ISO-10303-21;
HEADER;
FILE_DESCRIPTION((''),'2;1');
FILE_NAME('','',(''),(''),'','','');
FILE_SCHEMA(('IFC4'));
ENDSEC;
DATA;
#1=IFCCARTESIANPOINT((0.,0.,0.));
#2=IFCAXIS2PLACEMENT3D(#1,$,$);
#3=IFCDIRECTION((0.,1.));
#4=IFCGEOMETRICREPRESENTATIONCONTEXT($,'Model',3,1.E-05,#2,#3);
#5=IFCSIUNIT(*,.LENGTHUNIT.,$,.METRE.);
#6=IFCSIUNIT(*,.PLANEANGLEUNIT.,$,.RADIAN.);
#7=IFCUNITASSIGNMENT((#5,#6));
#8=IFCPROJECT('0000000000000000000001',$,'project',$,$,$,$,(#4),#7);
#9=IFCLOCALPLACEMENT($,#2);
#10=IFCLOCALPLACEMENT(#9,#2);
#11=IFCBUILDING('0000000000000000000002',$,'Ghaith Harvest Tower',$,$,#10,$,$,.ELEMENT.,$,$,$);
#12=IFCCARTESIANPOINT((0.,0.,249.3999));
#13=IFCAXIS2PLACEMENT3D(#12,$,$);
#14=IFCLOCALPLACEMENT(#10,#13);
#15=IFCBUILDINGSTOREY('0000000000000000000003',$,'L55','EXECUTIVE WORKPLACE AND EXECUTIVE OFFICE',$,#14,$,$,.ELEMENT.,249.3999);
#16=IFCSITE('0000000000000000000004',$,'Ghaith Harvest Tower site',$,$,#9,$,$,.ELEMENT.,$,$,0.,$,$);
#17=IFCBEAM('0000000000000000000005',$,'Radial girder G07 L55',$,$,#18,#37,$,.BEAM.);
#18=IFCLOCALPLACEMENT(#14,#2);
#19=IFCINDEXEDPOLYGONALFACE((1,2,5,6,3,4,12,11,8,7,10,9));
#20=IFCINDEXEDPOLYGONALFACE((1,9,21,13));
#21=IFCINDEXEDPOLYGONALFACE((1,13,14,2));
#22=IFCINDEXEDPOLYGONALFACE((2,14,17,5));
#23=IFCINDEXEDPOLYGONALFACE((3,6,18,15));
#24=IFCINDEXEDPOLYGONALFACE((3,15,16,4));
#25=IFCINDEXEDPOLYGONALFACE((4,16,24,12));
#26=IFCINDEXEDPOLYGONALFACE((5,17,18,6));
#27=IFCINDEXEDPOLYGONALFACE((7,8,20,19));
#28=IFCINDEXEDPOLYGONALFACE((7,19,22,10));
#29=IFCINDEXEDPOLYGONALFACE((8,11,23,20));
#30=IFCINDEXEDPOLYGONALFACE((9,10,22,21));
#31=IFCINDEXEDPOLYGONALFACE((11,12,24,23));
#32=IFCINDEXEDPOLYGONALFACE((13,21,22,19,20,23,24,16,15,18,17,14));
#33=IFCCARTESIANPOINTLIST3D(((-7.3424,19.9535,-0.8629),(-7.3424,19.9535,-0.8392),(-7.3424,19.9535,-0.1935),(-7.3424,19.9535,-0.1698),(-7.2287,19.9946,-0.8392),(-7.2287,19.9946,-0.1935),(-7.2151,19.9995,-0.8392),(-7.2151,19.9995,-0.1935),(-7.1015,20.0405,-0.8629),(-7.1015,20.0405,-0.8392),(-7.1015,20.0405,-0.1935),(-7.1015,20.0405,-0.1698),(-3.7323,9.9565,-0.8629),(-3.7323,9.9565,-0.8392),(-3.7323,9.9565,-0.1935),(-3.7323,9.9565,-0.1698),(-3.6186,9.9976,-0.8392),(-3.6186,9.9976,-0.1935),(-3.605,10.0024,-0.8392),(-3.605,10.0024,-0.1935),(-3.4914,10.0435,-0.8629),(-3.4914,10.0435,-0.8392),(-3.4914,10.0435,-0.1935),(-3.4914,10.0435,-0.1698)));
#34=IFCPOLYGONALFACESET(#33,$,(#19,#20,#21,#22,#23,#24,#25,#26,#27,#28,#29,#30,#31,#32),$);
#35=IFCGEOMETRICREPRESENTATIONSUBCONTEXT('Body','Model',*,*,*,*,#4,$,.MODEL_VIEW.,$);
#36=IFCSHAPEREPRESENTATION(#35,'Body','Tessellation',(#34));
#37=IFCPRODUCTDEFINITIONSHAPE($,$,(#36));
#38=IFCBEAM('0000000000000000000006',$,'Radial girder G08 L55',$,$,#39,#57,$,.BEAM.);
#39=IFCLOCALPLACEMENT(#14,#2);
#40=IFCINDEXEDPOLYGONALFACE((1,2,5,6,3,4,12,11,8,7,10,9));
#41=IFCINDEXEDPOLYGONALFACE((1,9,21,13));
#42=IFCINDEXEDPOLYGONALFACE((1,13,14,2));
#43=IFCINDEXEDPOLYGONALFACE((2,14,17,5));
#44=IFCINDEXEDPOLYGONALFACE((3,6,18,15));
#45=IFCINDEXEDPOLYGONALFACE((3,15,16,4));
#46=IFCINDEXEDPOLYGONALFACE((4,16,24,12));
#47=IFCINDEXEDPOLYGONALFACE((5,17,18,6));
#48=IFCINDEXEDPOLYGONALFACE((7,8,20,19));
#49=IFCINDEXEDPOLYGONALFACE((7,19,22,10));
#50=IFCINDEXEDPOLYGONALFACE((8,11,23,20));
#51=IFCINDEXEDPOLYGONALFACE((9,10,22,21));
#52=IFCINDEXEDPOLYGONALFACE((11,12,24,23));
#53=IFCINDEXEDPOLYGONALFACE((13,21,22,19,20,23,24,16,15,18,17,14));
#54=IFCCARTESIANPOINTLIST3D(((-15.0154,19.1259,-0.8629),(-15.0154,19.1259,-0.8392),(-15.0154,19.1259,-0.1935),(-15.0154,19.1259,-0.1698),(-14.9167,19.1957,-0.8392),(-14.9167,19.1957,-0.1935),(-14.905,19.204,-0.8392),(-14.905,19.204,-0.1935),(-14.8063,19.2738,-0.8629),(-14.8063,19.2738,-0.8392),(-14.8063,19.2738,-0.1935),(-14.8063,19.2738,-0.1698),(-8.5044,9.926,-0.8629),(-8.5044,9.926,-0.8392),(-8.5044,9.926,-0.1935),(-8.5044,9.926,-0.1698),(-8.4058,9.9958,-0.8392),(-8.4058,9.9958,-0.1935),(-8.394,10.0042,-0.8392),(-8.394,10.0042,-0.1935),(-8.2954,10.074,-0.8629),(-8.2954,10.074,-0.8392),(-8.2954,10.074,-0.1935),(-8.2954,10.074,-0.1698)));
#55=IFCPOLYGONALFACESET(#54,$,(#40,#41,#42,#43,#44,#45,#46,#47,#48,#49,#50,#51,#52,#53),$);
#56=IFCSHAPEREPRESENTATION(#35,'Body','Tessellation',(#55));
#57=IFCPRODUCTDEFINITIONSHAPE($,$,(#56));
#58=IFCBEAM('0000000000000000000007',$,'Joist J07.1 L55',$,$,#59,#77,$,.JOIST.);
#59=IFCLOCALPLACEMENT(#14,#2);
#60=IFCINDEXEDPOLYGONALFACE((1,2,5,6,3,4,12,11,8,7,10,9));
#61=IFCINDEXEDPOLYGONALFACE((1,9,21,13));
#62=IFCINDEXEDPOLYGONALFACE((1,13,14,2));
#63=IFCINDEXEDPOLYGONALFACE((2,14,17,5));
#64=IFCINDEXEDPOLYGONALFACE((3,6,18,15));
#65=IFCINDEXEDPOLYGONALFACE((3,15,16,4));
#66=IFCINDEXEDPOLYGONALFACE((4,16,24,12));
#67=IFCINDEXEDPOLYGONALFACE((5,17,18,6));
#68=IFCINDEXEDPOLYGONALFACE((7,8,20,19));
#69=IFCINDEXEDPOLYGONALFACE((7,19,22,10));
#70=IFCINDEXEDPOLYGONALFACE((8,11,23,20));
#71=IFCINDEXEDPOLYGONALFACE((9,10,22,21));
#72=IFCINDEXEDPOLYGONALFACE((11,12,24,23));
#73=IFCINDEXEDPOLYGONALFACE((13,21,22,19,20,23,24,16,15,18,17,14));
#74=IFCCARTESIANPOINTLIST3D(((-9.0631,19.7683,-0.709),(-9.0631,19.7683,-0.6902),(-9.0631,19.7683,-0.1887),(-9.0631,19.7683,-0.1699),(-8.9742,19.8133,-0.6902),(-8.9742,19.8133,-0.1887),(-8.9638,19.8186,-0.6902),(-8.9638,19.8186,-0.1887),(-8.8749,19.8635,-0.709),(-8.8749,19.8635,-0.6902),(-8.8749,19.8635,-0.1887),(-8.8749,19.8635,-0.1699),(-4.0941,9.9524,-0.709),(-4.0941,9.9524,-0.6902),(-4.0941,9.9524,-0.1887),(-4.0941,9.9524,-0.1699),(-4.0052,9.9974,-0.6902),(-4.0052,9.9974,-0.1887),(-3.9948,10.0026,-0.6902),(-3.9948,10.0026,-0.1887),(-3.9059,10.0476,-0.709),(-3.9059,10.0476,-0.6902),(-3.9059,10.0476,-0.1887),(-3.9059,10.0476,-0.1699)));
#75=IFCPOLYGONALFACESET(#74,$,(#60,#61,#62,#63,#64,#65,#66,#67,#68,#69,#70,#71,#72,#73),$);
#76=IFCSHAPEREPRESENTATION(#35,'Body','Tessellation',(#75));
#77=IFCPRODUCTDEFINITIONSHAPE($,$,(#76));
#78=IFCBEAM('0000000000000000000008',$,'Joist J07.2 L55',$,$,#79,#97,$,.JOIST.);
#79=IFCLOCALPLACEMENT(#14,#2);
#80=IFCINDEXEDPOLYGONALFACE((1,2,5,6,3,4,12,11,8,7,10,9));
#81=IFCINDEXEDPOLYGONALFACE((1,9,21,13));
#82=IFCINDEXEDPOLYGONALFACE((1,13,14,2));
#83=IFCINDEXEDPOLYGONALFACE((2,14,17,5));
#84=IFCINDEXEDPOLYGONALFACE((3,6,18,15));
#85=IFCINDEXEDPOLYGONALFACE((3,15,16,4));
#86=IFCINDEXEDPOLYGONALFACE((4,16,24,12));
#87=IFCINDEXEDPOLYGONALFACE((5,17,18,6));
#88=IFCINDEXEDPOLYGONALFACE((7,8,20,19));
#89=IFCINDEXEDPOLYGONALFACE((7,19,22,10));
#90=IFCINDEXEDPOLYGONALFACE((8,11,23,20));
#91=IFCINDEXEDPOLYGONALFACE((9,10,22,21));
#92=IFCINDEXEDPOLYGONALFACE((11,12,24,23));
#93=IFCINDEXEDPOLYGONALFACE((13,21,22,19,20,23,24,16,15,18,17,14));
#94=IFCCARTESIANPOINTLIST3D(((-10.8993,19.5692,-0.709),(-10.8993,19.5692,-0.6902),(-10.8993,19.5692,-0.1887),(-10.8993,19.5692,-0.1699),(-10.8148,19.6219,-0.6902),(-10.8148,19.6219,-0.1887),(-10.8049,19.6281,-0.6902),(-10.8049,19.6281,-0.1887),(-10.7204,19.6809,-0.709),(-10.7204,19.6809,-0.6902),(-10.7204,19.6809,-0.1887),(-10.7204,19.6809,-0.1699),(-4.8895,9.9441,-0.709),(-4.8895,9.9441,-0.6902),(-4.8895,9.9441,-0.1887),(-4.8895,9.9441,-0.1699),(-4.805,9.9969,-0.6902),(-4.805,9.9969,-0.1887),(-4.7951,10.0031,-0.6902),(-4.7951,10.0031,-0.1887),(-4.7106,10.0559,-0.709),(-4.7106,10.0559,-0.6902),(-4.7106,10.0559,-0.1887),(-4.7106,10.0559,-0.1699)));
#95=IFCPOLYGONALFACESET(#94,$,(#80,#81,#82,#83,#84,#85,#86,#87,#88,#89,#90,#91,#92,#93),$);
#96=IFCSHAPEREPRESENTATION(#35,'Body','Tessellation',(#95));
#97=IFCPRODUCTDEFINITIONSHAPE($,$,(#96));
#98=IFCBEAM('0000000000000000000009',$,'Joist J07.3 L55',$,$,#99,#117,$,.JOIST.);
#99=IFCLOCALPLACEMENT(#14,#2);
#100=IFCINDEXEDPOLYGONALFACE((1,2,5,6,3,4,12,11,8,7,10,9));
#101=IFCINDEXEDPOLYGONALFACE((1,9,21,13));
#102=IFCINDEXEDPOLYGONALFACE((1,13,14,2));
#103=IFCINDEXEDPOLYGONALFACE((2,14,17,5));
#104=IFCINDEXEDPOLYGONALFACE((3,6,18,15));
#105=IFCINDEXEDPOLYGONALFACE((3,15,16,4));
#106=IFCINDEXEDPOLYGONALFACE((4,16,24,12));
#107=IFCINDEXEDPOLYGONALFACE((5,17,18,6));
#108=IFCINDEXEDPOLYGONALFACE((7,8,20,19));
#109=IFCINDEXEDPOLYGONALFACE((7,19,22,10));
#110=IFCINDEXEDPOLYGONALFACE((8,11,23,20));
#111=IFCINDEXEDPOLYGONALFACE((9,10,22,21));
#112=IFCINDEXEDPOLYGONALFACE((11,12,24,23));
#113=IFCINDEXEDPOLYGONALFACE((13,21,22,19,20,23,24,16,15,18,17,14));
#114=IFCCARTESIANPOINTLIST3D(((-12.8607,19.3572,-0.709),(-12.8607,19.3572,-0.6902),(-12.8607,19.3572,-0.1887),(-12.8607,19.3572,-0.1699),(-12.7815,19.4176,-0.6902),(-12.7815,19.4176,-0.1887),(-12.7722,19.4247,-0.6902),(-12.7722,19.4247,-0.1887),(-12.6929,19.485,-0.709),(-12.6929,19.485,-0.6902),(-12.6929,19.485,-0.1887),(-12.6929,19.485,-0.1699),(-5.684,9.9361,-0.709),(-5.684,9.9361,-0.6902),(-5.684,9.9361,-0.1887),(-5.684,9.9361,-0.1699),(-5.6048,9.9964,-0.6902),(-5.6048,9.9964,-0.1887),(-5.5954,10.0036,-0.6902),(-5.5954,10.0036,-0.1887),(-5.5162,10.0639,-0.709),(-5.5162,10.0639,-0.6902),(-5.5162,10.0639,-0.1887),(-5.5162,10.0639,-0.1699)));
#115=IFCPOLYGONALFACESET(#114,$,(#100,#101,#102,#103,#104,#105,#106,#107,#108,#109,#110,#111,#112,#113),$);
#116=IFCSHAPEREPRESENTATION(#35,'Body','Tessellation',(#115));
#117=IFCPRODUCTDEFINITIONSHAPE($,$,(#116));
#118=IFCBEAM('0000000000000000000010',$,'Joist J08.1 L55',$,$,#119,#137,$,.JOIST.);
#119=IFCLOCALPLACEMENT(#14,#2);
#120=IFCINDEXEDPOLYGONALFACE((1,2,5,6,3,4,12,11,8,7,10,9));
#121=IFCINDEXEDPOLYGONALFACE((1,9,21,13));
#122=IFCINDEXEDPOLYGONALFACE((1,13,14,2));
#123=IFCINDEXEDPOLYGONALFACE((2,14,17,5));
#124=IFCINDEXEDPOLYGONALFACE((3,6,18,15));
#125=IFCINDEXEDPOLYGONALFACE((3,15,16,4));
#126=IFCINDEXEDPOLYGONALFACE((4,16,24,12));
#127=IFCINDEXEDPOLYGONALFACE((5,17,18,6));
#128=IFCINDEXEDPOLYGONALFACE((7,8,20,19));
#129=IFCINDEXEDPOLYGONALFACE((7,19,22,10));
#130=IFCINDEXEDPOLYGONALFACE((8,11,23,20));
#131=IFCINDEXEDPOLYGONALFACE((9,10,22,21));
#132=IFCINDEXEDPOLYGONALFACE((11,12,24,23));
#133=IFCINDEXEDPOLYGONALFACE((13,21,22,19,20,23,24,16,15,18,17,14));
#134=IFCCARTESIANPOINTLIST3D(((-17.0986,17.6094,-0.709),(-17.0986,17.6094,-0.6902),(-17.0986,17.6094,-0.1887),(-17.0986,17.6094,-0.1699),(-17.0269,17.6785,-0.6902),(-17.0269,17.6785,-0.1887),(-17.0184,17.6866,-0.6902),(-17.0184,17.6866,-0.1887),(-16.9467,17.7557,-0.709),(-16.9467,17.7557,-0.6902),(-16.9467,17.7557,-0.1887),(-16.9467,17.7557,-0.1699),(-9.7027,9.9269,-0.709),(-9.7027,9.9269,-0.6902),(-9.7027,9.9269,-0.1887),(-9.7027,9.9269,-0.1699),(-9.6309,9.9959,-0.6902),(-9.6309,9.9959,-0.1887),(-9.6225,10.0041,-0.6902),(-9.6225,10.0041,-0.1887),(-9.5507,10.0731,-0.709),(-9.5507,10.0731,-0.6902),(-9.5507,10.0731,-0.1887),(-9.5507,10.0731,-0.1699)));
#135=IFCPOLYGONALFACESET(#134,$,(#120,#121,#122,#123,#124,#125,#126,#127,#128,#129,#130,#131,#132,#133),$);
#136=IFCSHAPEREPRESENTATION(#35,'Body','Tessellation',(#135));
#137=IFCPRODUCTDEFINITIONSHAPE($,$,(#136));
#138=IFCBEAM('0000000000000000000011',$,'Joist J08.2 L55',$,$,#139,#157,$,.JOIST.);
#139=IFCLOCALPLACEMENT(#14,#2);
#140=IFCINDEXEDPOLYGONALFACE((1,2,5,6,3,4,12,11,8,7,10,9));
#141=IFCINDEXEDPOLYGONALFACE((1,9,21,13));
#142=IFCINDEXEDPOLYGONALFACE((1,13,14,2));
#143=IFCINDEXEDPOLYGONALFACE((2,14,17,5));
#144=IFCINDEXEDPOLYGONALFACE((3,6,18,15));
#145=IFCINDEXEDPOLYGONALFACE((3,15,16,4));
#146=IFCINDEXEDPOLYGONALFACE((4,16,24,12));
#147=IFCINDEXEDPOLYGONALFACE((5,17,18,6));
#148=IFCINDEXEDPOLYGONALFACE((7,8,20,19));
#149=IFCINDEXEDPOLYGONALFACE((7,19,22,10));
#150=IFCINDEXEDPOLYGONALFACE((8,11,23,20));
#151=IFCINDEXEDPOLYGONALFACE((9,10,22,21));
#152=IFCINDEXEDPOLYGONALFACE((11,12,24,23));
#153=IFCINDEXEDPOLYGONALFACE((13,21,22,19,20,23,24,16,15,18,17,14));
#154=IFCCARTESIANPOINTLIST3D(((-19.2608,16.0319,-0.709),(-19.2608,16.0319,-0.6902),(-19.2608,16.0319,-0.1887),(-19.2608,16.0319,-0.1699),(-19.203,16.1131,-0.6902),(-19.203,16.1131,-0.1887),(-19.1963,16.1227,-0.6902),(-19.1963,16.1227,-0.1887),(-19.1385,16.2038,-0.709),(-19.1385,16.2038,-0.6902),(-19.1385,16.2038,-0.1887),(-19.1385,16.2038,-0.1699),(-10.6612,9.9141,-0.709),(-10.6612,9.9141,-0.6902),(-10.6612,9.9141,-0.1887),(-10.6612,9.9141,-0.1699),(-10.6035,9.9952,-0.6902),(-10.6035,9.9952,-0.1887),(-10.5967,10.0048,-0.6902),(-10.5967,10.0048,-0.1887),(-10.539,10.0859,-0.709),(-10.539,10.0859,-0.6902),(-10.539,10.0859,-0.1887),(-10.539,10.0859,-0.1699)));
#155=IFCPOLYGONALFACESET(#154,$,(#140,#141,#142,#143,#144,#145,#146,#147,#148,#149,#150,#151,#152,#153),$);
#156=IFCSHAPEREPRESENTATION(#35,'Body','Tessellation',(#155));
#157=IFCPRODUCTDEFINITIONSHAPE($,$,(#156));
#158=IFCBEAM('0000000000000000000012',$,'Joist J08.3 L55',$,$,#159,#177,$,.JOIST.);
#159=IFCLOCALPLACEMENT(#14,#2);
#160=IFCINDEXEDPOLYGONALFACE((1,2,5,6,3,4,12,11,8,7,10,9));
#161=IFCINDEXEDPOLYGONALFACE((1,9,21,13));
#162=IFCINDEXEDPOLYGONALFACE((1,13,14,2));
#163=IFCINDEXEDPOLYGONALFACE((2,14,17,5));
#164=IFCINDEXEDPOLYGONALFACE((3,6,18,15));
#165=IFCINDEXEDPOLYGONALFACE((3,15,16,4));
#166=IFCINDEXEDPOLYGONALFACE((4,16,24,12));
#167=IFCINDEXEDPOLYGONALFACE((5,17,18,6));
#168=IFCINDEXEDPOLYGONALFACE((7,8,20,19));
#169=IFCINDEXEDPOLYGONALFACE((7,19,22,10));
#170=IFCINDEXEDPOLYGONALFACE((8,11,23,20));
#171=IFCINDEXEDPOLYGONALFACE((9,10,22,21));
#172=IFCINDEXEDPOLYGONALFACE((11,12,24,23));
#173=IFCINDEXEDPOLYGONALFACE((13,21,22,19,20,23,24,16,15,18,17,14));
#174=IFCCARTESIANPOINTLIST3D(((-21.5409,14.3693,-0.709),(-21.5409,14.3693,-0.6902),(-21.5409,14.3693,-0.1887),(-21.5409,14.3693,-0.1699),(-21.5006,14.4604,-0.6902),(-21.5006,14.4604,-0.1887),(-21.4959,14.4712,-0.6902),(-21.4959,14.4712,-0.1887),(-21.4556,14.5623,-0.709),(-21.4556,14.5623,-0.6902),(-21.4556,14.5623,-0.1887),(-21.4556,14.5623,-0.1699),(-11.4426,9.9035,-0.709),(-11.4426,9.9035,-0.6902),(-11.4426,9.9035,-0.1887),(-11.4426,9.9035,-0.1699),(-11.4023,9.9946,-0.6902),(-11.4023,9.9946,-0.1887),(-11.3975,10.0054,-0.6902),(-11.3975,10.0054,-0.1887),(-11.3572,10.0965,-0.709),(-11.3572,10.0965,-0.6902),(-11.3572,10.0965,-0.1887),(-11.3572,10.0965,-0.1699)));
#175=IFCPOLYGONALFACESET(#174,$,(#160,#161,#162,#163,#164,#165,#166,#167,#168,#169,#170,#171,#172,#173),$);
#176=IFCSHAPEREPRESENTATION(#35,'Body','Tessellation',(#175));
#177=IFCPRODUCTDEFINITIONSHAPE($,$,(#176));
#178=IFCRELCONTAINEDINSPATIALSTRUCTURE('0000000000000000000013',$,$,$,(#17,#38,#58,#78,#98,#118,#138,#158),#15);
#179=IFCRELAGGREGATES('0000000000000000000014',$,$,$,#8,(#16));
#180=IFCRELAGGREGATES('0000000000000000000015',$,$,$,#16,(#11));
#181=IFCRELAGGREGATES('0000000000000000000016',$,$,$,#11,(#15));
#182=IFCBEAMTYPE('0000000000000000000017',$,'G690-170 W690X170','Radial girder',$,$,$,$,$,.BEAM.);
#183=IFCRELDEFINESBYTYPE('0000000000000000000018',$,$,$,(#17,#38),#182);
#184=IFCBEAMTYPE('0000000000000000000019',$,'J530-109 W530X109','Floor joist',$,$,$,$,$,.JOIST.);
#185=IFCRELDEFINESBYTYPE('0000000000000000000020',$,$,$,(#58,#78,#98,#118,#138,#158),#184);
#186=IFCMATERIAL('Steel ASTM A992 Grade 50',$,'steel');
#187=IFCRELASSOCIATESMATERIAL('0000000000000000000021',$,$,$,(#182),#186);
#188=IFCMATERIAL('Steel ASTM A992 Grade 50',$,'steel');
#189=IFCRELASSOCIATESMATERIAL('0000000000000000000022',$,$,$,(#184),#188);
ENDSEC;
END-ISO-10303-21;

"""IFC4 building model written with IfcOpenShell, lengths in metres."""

from ifc_helpers import new_model, si_unit, direction, frame, origin, origin_2d, place, context, subcontext, project, spatial, i_section, extrude, material, material_profile, profile_set, type_object, element, save


model = new_model("IFC4")

# Units and contexts
model_context = context("Model", 3, precision=1e-05, world=origin(), true_north=direction((0.0, 1.0)))
body_context = subcontext(model_context, "Body", "Model", "MODEL_VIEW")
ifc_project = project(units=[si_unit("LENGTHUNIT", "METRE"), si_unit("PLANEANGLEUNIT", "RADIAN")], contexts=[model_context])

# Site, building, storey
site_placement = place(None, origin())
site = spatial("IfcSite", under=ifc_project, at=site_placement, Name="Ghaith Harvest Tower site", CompositionType="ELEMENT", RefElevation=0.0)
building_placement = place(site_placement, origin())
building = spatial("IfcBuilding", under=site, at=building_placement, Name="Ghaith Harvest Tower", CompositionType="ELEMENT")
storey_placement = place(building_placement, frame((0.0, 0.0, 249.3999)))
storey = spatial("IfcBuildingStorey", under=building, at=storey_placement, Name="L55", Description="EXECUTIVE WORKPLACE AND EXECUTIVE OFFICE", CompositionType="ELEMENT", Elevation=249.3999)

# Beams
ifc_material_1 = material(Name="Steel ASTM A992 Grade 50", Category="steel")
ifc_material_profile_1 = material_profile(ifc_material_1, i_section(OverallWidth=0.2561, OverallDepth=0.6931, WebThickness=0.0144, FlangeThickness=0.0237, at=origin_2d()), Name="W690X170")
ifc_profile_set_1 = profile_set([ifc_material_profile_1], Name="Steel ASTM A992 Grade 50")
beam_type_1 = type_object("IfcBeamType", Name="G690-170 W690X170", Description="Radial girder", PredefinedType="BEAM", material=ifc_profile_set_1)
beam_1_placement = place(storey_placement, frame((-3.6118, 10.0, -0.5164), z_axis=(-0.339649, 0.940552, 0.0), x_axis=(-0.940552, -0.339649, 0.0)))
element("IfcBeam", 1, at=beam_1_placement, inside=storey, type_object=beam_type_1, Name="Radial girder G07 L55", PredefinedType="BEAM", context=body_context, shape_type="SweptSolid", body=[
    extrude(i_section(OverallWidth=0.2561, OverallDepth=0.6931, WebThickness=0.0144, FlangeThickness=0.0237, at=origin_2d()), origin(), (0.0, 0.0, 1.0), 10.6289),
])
beam_2_placement = place(storey_placement, frame((-8.3999, 10.0, -0.5164), z_axis=(-0.577684, 0.816261, 0.0), x_axis=(-0.816261, -0.577684, 0.0)))
element("IfcBeam", 2, at=beam_2_placement, inside=storey, type_object=beam_type_1, Name="Radial girder G08 L55", PredefinedType="BEAM", context=body_context, shape_type="SweptSolid", body=[
    extrude(i_section(OverallWidth=0.2561, OverallDepth=0.6931, WebThickness=0.0144, FlangeThickness=0.0237, at=origin_2d()), origin(), (0.0, 0.0, 1.0), 11.2708),
])
ifc_material_2 = material(Name="Steel ASTM A992 Grade 50", Category="steel")
ifc_material_profile_2 = material_profile(ifc_material_2, i_section(OverallWidth=0.2109, OverallDepth=0.5391, WebThickness=0.0117, FlangeThickness=0.0188, at=origin_2d()), Name="W530X109")
ifc_profile_set_2 = profile_set([ifc_material_profile_2], Name="Steel ASTM A992 Grade 50")
beam_type_2 = type_object("IfcBeamType", Name="J530-109 W530X109", Description="Floor joist", PredefinedType="JOIST", material=ifc_profile_set_2)
beam_3_placement = place(storey_placement, frame((-4.0, 10.0, -0.4395), z_axis=(-0.451646, 0.892197, 0.0), x_axis=(-0.892197, -0.451646, 0.0)))
element("IfcBeam", 3, at=beam_3_placement, inside=storey, type_object=beam_type_2, Name="Joist J07.1 L55", PredefinedType="JOIST", context=body_context, shape_type="SweptSolid", body=[
    extrude(i_section(OverallWidth=0.2109, OverallDepth=0.5391, WebThickness=0.0117, FlangeThickness=0.0188, at=origin_2d()), origin(), (0.0, 0.0, 1.0), 11.002),
])
beam_4_placement = place(storey_placement, frame((-4.8, 10.0, -0.4395), z_axis=(-0.529628, 0.84823, 0.0), x_axis=(-0.84823, -0.529628, 0.0)))
element("IfcBeam", 4, at=beam_4_placement, inside=storey, type_object=beam_type_2, Name="Joist J07.2 L55", PredefinedType="JOIST", context=body_context, shape_type="SweptSolid", body=[
    extrude(i_section(OverallWidth=0.2109, OverallDepth=0.5391, WebThickness=0.0117, FlangeThickness=0.0188, at=origin_2d()), origin(), (0.0, 0.0, 1.0), 11.3472),
])
beam_5_placement = place(storey_placement, frame((-5.6001, 10.0, -0.4395), z_axis=(-0.605976, 0.795483, 0.0), x_axis=(-0.795483, -0.605976, 0.0)))
element("IfcBeam", 5, at=beam_5_placement, inside=storey, type_object=beam_type_2, Name="Joist J07.3 L55", PredefinedType="JOIST", context=body_context, shape_type="SweptSolid", body=[
    extrude(i_section(OverallWidth=0.2109, OverallDepth=0.5391, WebThickness=0.0117, FlangeThickness=0.0188, at=origin_2d()), origin(), (0.0, 0.0, 1.0), 11.8433),
])
beam_6_placement = place(storey_placement, frame((-9.6267, 10.0, -0.4395), z_axis=(-0.69354, 0.720418, 0.0), x_axis=(-0.720418, -0.69354, 0.0)))
element("IfcBeam", 6, at=beam_6_placement, inside=storey, type_object=beam_type_2, Name="Joist J08.1 L55", PredefinedType="JOIST", context=body_context, shape_type="SweptSolid", body=[
    extrude(i_section(OverallWidth=0.2109, OverallDepth=0.5391, WebThickness=0.0117, FlangeThickness=0.0188, at=origin_2d()), origin(), (0.0, 0.0, 1.0), 10.6641),
])
beam_7_placement = place(storey_placement, frame((-10.6001, 10.0, -0.4395), z_axis=(-0.814837, 0.57969, 0.0), x_axis=(-0.57969, -0.814837, 0.0)))
element("IfcBeam", 7, at=beam_7_placement, inside=storey, type_object=beam_type_2, Name="Joist J08.2 L55", PredefinedType="JOIST", context=body_context, shape_type="SweptSolid", body=[
    extrude(i_section(OverallWidth=0.2109, OverallDepth=0.5391, WebThickness=0.0117, FlangeThickness=0.0188, at=origin_2d()), origin(), (0.0, 0.0, 1.0), 10.5537),
])
beam_8_placement = place(storey_placement, frame((-11.3999, 10.0, -0.4395), z_axis=(-0.914561, 0.404447, 0.0), x_axis=(-0.404447, -0.914561, 0.0)))
element("IfcBeam", 8, at=beam_8_placement, inside=storey, type_object=beam_type_2, Name="Joist J08.3 L55", PredefinedType="JOIST", context=body_context, shape_type="SweptSolid", body=[
    extrude(i_section(OverallWidth=0.2109, OverallDepth=0.5391, WebThickness=0.0117, FlangeThickness=0.0188, at=origin_2d()), origin(), (0.0, 0.0, 1.0), 11.0417),
])

save(model, "model.ifc")
